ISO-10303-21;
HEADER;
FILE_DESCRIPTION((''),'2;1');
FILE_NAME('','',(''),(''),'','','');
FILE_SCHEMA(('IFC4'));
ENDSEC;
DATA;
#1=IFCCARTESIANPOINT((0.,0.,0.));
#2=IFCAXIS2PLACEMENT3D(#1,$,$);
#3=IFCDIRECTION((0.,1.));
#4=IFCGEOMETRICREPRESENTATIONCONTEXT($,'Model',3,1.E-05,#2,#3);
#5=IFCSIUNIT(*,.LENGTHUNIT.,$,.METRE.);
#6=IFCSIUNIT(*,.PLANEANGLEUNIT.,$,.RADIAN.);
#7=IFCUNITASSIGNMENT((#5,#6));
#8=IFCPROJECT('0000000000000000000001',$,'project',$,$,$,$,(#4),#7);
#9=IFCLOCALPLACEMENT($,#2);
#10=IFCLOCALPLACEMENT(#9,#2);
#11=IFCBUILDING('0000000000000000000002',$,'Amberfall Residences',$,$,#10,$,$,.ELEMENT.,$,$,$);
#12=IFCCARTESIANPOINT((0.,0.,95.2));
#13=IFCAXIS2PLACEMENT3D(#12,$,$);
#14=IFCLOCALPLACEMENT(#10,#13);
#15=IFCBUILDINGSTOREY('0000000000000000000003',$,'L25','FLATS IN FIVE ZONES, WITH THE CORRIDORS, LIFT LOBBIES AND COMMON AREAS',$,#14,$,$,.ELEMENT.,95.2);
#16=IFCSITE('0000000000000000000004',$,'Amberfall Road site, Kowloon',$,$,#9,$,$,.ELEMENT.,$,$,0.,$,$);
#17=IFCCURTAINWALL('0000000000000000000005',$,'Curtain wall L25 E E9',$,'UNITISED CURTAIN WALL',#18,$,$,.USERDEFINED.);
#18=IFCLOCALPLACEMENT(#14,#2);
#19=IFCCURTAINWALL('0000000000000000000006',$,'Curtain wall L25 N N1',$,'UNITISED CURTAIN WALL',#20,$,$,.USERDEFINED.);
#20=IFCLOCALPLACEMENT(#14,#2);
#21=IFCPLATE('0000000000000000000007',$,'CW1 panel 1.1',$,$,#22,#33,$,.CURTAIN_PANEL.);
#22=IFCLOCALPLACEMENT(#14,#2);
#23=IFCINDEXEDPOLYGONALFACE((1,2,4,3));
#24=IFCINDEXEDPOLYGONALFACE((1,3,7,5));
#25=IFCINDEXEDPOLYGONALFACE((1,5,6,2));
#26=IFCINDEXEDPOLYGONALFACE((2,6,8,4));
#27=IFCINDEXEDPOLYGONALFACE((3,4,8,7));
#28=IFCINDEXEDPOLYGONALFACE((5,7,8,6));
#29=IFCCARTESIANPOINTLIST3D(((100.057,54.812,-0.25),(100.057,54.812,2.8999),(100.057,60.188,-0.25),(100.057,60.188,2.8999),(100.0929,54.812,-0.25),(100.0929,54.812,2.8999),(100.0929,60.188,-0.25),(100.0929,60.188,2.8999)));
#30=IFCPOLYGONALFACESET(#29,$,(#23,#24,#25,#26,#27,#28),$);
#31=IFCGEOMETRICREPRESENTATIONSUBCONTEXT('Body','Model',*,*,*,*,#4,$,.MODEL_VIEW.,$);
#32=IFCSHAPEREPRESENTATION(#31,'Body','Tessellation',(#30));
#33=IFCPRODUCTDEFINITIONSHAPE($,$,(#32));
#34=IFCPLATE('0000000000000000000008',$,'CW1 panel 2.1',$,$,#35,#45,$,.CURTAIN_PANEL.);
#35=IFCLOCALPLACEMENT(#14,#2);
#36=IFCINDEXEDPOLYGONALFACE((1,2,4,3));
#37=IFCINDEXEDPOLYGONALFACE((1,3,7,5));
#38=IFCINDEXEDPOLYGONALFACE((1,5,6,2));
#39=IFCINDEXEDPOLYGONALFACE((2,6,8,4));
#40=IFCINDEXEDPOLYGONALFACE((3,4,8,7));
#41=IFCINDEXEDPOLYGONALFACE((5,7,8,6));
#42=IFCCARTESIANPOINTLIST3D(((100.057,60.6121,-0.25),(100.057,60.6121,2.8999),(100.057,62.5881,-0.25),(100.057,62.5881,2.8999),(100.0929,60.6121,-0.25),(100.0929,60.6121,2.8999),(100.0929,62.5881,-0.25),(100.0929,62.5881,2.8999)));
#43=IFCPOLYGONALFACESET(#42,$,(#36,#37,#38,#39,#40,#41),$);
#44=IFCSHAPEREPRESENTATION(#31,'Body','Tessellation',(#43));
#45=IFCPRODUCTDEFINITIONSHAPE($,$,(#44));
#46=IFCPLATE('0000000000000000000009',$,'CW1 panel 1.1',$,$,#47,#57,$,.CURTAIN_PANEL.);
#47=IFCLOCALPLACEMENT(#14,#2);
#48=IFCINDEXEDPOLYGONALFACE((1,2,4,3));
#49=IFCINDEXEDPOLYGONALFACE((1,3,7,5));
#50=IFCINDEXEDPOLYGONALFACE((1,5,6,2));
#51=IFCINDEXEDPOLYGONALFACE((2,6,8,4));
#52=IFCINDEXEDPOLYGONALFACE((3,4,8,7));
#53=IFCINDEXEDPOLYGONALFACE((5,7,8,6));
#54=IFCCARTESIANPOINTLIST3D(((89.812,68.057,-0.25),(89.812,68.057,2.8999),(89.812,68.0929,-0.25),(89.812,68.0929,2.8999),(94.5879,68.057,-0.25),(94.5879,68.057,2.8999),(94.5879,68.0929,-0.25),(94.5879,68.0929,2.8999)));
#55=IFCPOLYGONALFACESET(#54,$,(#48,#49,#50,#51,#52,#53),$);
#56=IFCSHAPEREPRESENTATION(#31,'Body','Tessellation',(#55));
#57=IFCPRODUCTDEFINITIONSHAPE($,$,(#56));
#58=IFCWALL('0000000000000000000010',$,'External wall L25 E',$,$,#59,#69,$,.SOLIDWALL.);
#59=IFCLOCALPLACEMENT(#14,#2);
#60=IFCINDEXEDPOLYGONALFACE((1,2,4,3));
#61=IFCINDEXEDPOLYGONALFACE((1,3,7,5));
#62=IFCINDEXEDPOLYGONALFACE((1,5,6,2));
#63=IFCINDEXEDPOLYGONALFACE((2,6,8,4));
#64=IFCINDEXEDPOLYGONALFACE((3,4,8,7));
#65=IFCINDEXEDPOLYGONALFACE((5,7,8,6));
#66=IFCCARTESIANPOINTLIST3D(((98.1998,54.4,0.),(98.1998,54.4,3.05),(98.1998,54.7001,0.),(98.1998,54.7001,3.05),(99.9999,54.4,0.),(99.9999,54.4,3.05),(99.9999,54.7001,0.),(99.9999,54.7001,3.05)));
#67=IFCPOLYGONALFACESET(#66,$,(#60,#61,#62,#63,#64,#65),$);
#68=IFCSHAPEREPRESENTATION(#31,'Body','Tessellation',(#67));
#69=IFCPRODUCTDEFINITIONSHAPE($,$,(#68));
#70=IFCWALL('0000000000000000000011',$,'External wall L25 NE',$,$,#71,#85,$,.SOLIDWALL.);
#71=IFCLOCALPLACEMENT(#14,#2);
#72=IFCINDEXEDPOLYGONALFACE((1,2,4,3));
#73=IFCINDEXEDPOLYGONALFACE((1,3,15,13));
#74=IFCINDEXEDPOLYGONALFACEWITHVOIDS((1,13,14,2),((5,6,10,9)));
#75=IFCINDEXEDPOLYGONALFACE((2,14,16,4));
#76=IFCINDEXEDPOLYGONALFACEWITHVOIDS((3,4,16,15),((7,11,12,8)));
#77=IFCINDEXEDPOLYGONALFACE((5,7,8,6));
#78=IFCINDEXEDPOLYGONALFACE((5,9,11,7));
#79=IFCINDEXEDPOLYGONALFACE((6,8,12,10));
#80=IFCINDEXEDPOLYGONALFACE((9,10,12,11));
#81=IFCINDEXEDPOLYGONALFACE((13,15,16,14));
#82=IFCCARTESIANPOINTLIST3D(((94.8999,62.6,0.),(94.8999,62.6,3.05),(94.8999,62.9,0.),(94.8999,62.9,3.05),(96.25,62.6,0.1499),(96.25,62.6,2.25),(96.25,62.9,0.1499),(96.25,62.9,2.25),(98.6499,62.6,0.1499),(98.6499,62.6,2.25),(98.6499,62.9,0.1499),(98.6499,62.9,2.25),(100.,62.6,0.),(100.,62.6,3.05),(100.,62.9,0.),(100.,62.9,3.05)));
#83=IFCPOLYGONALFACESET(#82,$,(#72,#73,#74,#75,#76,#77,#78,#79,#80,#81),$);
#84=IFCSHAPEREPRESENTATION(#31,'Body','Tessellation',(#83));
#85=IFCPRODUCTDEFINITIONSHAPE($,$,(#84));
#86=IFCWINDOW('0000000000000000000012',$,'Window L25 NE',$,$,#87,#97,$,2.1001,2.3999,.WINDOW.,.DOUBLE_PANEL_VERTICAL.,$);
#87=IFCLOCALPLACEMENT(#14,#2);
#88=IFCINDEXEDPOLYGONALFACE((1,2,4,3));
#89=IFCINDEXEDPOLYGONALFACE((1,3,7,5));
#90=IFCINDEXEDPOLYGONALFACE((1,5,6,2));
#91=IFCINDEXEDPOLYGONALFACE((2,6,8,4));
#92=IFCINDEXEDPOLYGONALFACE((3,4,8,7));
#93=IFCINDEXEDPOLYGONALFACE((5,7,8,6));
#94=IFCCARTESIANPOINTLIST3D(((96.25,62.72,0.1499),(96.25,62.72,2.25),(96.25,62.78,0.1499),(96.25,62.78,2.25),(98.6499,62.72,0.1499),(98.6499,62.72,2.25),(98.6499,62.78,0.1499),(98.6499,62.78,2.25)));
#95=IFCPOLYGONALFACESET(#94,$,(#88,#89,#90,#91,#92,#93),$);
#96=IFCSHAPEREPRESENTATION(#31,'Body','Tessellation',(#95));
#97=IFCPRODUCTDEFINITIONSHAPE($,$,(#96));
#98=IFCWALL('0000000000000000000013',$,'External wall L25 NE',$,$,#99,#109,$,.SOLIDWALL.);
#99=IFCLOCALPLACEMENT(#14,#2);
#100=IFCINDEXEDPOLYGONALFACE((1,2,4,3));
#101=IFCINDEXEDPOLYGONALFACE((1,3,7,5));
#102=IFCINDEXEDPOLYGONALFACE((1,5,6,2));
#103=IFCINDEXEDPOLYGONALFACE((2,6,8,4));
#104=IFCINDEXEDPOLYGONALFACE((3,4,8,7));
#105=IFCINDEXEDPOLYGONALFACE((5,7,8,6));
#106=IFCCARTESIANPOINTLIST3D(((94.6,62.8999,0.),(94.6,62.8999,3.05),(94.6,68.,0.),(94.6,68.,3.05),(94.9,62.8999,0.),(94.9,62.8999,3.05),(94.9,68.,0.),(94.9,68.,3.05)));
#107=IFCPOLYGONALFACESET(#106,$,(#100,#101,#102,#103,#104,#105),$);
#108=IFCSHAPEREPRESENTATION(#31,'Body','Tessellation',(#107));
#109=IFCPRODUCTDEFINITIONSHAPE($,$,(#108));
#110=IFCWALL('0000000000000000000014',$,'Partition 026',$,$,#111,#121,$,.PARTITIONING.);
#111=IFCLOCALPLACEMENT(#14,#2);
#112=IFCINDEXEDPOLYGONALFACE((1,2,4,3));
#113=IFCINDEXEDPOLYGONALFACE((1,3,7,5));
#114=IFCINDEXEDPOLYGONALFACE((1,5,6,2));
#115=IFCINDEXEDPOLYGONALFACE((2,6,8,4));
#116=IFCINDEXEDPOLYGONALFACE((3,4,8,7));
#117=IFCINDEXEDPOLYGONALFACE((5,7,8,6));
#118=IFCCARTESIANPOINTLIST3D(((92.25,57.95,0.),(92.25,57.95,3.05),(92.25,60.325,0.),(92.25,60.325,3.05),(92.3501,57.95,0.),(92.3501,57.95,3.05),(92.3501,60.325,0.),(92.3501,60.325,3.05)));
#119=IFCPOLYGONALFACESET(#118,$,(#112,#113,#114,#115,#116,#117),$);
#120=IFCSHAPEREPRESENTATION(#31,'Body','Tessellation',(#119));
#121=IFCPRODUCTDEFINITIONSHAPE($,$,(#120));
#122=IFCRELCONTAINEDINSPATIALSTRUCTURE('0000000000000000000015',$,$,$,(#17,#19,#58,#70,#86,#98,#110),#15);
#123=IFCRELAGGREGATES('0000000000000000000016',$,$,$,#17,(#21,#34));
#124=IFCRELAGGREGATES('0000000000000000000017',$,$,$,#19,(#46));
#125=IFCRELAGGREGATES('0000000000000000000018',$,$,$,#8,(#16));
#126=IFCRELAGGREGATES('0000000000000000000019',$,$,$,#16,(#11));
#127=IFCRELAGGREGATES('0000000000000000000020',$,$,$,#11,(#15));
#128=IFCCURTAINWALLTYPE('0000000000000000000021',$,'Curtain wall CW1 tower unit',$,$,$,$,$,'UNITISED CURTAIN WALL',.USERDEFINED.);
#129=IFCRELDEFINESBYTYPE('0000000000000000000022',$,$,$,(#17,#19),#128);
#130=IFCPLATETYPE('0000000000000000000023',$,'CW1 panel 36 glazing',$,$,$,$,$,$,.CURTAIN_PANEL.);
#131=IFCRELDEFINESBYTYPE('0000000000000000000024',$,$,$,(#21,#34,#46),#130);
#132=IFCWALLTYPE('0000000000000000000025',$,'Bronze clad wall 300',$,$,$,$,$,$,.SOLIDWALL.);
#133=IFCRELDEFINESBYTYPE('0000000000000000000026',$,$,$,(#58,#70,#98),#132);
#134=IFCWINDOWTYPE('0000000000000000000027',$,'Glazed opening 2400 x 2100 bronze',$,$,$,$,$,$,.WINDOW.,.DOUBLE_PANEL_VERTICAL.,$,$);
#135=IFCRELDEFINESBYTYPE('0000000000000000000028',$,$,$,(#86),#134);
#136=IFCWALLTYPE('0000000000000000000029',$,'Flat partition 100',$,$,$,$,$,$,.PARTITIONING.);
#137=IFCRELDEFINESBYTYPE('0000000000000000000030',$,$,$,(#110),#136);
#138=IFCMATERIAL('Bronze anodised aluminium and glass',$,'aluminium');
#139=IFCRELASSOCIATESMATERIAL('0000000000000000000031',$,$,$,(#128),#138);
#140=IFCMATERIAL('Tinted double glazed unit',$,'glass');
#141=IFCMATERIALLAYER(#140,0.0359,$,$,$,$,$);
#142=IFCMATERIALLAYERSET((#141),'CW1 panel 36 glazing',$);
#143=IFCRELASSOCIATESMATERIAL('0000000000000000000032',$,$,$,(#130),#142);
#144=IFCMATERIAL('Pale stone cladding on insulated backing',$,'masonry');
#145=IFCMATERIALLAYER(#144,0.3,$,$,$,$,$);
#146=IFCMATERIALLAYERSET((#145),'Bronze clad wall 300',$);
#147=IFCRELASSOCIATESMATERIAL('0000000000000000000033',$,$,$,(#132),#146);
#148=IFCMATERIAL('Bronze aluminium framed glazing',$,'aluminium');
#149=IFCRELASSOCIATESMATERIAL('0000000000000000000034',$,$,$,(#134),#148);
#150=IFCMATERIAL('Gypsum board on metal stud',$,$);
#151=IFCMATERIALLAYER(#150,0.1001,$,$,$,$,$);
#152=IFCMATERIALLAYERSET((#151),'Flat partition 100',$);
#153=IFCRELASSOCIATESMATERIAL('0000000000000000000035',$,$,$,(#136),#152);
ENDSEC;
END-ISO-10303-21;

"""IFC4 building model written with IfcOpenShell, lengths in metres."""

from ifc_helpers import new_model, si_unit, direction, frame, frame_2d, origin, origin_2d, place, context, subcontext, project, spatial, rectangle, extrude, material, layer, layer_set, type_object, element, fill, aggregate, save


model = new_model("IFC4")

# Units and contexts
model_context = context("Model", 3, precision=1e-05, world=origin(), true_north=direction((0.0, 1.0)))
body_context = subcontext(model_context, "Body", "Model", "MODEL_VIEW")
ifc_project = project(units=[si_unit("LENGTHUNIT", "METRE"), si_unit("PLANEANGLEUNIT", "RADIAN")], contexts=[model_context])

# Site, building, storey
site_placement = place(None, origin())
site = spatial("IfcSite", under=ifc_project, at=site_placement, Name="Amberfall Road site, Kowloon", CompositionType="ELEMENT", RefElevation=0.0)
building_placement = place(site_placement, origin())
building = spatial("IfcBuilding", under=site, at=building_placement, Name="Amberfall Residences", CompositionType="ELEMENT")
storey_placement = place(building_placement, frame((0.0, 0.0, 95.2)))
storey = spatial("IfcBuildingStorey", under=building, at=storey_placement, Name="L25", Description="FLATS IN FIVE ZONES, WITH THE CORRIDORS, LIFT LOBBIES AND COMMON AREAS", CompositionType="ELEMENT", Elevation=95.2)

# Curtain walls
ifc_material_1 = material(Name="Bronze anodised aluminium and glass", Category="aluminium")
curtain_wall_type = type_object("IfcCurtainWallType", Name="Curtain wall CW1 tower unit", ElementType="UNITISED CURTAIN WALL", PredefinedType="USERDEFINED", material=ifc_material_1)
curtain_wall_1_placement = place(storey_placement, origin())
curtain_wall_1 = element("IfcCurtainWall", 1, at=curtain_wall_1_placement, inside=storey, type_object=curtain_wall_type, Name="Curtain wall L25 E E9", ObjectType="UNITISED CURTAIN WALL", PredefinedType="USERDEFINED")
curtain_wall_2_placement = place(storey_placement, origin())
curtain_wall_2 = element("IfcCurtainWall", 2, at=curtain_wall_2_placement, inside=storey, type_object=curtain_wall_type, Name="Curtain wall L25 N N1", ObjectType="UNITISED CURTAIN WALL", PredefinedType="USERDEFINED")

# Plates
ifc_material_2 = material(Name="Tinted double glazed unit", Category="glass")
ifc_layer_1 = layer(ifc_material_2, 0.0359)
ifc_layer_set_1 = layer_set([ifc_layer_1], Name="CW1 panel 36 glazing")
plate_type = type_object("IfcPlateType", Name="CW1 panel 36 glazing", PredefinedType="CURTAIN_PANEL", material=ifc_layer_set_1)
plate_1_placement = place(storey_placement, frame((100.075, 57.5, -0.25), z_axis=(0.0, 0.0, 1.0), x_axis=(0.0, 1.0, 0.0)))
plate_1 = element("IfcPlate", 3, at=plate_1_placement, type_object=plate_type, Name="CW1 panel 1.1", PredefinedType="CURTAIN_PANEL", context=body_context, shape_type="SweptSolid", body=[
    extrude(rectangle(XDim=5.376, YDim=0.0359, at=origin_2d()), origin(), (0.0, 0.0, 1.0), 3.1499),
])
plate_2_placement = place(storey_placement, frame((100.075, 61.6001, -0.25), z_axis=(0.0, 0.0, 1.0), x_axis=(0.0, 1.0, 0.0)))
plate_2 = element("IfcPlate", 4, at=plate_2_placement, type_object=plate_type, Name="CW1 panel 2.1", PredefinedType="CURTAIN_PANEL", context=body_context, shape_type="SweptSolid", body=[
    extrude(rectangle(XDim=1.9761, YDim=0.0359, at=origin_2d()), origin(), (0.0, 0.0, 1.0), 3.1499),
])
aggregate(curtain_wall_1, [plate_1, plate_2])
plate_3_placement = place(storey_placement, frame((92.2, 68.075, -0.25), z_axis=(0.0, 0.0, 1.0), x_axis=(-1.0, 0.0, 0.0)))
plate_3 = element("IfcPlate", 5, at=plate_3_placement, type_object=plate_type, Name="CW1 panel 1.1", PredefinedType="CURTAIN_PANEL", context=body_context, shape_type="SweptSolid", body=[
    extrude(rectangle(XDim=4.7759, YDim=0.0359, at=origin_2d()), origin(), (0.0, 0.0, 1.0), 3.1499),
])
aggregate(curtain_wall_2, [plate_3])

# Wall
ifc_material_3 = material(Name="Pale stone cladding on insulated backing", Category="masonry")
ifc_layer_2 = layer(ifc_material_3, 0.3)
ifc_layer_set_2 = layer_set([ifc_layer_2], Name="Bronze clad wall 300")
wall_type_1 = type_object("IfcWallType", Name="Bronze clad wall 300", PredefinedType="SOLIDWALL", material=ifc_layer_set_2)
wall_1_placement = place(storey_placement, frame((98.2, 54.55, 0.0), z_axis=(0.0, 0.0, 1.0), x_axis=(1.0, 0.0, 0.0)))
element("IfcWall", 6, at=wall_1_placement, inside=storey, type_object=wall_type_1, Name="External wall L25 E", PredefinedType="SOLIDWALL", context=body_context, shape_type="SweptSolid", body=[
    extrude(rectangle(XDim=1.8, YDim=0.3, at=frame_2d((0.8999, 0.0))), origin(), (0.0, 0.0, 1.0), 3.05),
])

# Wall, opening, window
wall_2_placement = place(storey_placement, frame((100.0, 62.75, 0.0), z_axis=(0.0, 0.0, 1.0), x_axis=(-1.0, 0.0, 0.0)))
wall_2 = element("IfcWall", 7, at=wall_2_placement, inside=storey, type_object=wall_type_1, Name="External wall L25 NE", PredefinedType="SOLIDWALL", context=body_context, shape_type="SweptSolid", body=[
    extrude(rectangle(XDim=5.1001, YDim=0.3, at=frame_2d((2.55, 0.0))), origin(), (0.0, 0.0, 1.0), 3.05),
])
opening_placement = place(wall_2_placement, frame((1.3501, 0.0, 0.1499)))
opening = element("IfcOpeningElement", 8, at=opening_placement, cuts=wall_2, PredefinedType="OPENING", context=body_context, shape_type="SweptSolid", body=[
    extrude(rectangle(XDim=2.3999, YDim=2.1001, at=frame_2d((1.2, 1.05))), frame((0.0, 0.1599, 0.0), z_axis=(0.0, -1.0, 0.0), x_axis=(1.0, 0.0, 0.0)), (0.0, 0.0, 1.0), 0.3201),
])
ifc_material_4 = material(Name="Bronze aluminium framed glazing", Category="aluminium")
window_type = type_object("IfcWindowType", Name="Glazed opening 2400 x 2100 bronze", PartitioningType="DOUBLE_PANEL_VERTICAL", PredefinedType="WINDOW", material=ifc_material_4)
window_placement = place(opening_placement, origin())
window = element("IfcWindow", 9, at=window_placement, inside=storey, type_object=window_type, Name="Window L25 NE", OverallHeight=2.1001, OverallWidth=2.3999, PartitioningType="DOUBLE_PANEL_VERTICAL", PredefinedType="WINDOW", context=body_context, shape_type="SweptSolid", body=[
    extrude(rectangle(XDim=2.3999, YDim=2.1001, at=frame_2d((1.2, 1.05))), frame((0.0, 0.03, 0.0), z_axis=(0.0, -1.0, 0.0), x_axis=(1.0, 0.0, 0.0)), (0.0, 0.0, 1.0), 0.0601),
])
fill(opening, window)

# Walls
wall_3_placement = place(storey_placement, frame((94.75, 62.8999, 0.0), z_axis=(0.0, 0.0, 1.0), x_axis=(0.0, 1.0, 0.0)))
element("IfcWall", 10, at=wall_3_placement, inside=storey, type_object=wall_type_1, Name="External wall L25 NE", PredefinedType="SOLIDWALL", context=body_context, shape_type="SweptSolid", body=[
    extrude(rectangle(XDim=5.1001, YDim=0.3, at=frame_2d((2.55, 0.0))), origin(), (0.0, 0.0, 1.0), 3.05),
])
ifc_material_5 = material(Name="Gypsum board on metal stud")
ifc_layer_3 = layer(ifc_material_5, 0.1001)
ifc_layer_set_3 = layer_set([ifc_layer_3], Name="Flat partition 100")
wall_type_2 = type_object("IfcWallType", Name="Flat partition 100", PredefinedType="PARTITIONING", material=ifc_layer_set_3)
wall_4_placement = place(storey_placement, frame((92.3, 57.95, 0.0), z_axis=(0.0, 0.0, 1.0), x_axis=(0.0, 1.0, 0.0)))
element("IfcWall", 11, at=wall_4_placement, inside=storey, type_object=wall_type_2, Name="Partition 026", PredefinedType="PARTITIONING", context=body_context, shape_type="SweptSolid", body=[
    extrude(rectangle(XDim=2.375, YDim=0.1001, at=frame_2d((1.1875, 0.0))), origin(), (0.0, 0.0, 1.0), 3.05),
])

save(model, "model.ifc")
